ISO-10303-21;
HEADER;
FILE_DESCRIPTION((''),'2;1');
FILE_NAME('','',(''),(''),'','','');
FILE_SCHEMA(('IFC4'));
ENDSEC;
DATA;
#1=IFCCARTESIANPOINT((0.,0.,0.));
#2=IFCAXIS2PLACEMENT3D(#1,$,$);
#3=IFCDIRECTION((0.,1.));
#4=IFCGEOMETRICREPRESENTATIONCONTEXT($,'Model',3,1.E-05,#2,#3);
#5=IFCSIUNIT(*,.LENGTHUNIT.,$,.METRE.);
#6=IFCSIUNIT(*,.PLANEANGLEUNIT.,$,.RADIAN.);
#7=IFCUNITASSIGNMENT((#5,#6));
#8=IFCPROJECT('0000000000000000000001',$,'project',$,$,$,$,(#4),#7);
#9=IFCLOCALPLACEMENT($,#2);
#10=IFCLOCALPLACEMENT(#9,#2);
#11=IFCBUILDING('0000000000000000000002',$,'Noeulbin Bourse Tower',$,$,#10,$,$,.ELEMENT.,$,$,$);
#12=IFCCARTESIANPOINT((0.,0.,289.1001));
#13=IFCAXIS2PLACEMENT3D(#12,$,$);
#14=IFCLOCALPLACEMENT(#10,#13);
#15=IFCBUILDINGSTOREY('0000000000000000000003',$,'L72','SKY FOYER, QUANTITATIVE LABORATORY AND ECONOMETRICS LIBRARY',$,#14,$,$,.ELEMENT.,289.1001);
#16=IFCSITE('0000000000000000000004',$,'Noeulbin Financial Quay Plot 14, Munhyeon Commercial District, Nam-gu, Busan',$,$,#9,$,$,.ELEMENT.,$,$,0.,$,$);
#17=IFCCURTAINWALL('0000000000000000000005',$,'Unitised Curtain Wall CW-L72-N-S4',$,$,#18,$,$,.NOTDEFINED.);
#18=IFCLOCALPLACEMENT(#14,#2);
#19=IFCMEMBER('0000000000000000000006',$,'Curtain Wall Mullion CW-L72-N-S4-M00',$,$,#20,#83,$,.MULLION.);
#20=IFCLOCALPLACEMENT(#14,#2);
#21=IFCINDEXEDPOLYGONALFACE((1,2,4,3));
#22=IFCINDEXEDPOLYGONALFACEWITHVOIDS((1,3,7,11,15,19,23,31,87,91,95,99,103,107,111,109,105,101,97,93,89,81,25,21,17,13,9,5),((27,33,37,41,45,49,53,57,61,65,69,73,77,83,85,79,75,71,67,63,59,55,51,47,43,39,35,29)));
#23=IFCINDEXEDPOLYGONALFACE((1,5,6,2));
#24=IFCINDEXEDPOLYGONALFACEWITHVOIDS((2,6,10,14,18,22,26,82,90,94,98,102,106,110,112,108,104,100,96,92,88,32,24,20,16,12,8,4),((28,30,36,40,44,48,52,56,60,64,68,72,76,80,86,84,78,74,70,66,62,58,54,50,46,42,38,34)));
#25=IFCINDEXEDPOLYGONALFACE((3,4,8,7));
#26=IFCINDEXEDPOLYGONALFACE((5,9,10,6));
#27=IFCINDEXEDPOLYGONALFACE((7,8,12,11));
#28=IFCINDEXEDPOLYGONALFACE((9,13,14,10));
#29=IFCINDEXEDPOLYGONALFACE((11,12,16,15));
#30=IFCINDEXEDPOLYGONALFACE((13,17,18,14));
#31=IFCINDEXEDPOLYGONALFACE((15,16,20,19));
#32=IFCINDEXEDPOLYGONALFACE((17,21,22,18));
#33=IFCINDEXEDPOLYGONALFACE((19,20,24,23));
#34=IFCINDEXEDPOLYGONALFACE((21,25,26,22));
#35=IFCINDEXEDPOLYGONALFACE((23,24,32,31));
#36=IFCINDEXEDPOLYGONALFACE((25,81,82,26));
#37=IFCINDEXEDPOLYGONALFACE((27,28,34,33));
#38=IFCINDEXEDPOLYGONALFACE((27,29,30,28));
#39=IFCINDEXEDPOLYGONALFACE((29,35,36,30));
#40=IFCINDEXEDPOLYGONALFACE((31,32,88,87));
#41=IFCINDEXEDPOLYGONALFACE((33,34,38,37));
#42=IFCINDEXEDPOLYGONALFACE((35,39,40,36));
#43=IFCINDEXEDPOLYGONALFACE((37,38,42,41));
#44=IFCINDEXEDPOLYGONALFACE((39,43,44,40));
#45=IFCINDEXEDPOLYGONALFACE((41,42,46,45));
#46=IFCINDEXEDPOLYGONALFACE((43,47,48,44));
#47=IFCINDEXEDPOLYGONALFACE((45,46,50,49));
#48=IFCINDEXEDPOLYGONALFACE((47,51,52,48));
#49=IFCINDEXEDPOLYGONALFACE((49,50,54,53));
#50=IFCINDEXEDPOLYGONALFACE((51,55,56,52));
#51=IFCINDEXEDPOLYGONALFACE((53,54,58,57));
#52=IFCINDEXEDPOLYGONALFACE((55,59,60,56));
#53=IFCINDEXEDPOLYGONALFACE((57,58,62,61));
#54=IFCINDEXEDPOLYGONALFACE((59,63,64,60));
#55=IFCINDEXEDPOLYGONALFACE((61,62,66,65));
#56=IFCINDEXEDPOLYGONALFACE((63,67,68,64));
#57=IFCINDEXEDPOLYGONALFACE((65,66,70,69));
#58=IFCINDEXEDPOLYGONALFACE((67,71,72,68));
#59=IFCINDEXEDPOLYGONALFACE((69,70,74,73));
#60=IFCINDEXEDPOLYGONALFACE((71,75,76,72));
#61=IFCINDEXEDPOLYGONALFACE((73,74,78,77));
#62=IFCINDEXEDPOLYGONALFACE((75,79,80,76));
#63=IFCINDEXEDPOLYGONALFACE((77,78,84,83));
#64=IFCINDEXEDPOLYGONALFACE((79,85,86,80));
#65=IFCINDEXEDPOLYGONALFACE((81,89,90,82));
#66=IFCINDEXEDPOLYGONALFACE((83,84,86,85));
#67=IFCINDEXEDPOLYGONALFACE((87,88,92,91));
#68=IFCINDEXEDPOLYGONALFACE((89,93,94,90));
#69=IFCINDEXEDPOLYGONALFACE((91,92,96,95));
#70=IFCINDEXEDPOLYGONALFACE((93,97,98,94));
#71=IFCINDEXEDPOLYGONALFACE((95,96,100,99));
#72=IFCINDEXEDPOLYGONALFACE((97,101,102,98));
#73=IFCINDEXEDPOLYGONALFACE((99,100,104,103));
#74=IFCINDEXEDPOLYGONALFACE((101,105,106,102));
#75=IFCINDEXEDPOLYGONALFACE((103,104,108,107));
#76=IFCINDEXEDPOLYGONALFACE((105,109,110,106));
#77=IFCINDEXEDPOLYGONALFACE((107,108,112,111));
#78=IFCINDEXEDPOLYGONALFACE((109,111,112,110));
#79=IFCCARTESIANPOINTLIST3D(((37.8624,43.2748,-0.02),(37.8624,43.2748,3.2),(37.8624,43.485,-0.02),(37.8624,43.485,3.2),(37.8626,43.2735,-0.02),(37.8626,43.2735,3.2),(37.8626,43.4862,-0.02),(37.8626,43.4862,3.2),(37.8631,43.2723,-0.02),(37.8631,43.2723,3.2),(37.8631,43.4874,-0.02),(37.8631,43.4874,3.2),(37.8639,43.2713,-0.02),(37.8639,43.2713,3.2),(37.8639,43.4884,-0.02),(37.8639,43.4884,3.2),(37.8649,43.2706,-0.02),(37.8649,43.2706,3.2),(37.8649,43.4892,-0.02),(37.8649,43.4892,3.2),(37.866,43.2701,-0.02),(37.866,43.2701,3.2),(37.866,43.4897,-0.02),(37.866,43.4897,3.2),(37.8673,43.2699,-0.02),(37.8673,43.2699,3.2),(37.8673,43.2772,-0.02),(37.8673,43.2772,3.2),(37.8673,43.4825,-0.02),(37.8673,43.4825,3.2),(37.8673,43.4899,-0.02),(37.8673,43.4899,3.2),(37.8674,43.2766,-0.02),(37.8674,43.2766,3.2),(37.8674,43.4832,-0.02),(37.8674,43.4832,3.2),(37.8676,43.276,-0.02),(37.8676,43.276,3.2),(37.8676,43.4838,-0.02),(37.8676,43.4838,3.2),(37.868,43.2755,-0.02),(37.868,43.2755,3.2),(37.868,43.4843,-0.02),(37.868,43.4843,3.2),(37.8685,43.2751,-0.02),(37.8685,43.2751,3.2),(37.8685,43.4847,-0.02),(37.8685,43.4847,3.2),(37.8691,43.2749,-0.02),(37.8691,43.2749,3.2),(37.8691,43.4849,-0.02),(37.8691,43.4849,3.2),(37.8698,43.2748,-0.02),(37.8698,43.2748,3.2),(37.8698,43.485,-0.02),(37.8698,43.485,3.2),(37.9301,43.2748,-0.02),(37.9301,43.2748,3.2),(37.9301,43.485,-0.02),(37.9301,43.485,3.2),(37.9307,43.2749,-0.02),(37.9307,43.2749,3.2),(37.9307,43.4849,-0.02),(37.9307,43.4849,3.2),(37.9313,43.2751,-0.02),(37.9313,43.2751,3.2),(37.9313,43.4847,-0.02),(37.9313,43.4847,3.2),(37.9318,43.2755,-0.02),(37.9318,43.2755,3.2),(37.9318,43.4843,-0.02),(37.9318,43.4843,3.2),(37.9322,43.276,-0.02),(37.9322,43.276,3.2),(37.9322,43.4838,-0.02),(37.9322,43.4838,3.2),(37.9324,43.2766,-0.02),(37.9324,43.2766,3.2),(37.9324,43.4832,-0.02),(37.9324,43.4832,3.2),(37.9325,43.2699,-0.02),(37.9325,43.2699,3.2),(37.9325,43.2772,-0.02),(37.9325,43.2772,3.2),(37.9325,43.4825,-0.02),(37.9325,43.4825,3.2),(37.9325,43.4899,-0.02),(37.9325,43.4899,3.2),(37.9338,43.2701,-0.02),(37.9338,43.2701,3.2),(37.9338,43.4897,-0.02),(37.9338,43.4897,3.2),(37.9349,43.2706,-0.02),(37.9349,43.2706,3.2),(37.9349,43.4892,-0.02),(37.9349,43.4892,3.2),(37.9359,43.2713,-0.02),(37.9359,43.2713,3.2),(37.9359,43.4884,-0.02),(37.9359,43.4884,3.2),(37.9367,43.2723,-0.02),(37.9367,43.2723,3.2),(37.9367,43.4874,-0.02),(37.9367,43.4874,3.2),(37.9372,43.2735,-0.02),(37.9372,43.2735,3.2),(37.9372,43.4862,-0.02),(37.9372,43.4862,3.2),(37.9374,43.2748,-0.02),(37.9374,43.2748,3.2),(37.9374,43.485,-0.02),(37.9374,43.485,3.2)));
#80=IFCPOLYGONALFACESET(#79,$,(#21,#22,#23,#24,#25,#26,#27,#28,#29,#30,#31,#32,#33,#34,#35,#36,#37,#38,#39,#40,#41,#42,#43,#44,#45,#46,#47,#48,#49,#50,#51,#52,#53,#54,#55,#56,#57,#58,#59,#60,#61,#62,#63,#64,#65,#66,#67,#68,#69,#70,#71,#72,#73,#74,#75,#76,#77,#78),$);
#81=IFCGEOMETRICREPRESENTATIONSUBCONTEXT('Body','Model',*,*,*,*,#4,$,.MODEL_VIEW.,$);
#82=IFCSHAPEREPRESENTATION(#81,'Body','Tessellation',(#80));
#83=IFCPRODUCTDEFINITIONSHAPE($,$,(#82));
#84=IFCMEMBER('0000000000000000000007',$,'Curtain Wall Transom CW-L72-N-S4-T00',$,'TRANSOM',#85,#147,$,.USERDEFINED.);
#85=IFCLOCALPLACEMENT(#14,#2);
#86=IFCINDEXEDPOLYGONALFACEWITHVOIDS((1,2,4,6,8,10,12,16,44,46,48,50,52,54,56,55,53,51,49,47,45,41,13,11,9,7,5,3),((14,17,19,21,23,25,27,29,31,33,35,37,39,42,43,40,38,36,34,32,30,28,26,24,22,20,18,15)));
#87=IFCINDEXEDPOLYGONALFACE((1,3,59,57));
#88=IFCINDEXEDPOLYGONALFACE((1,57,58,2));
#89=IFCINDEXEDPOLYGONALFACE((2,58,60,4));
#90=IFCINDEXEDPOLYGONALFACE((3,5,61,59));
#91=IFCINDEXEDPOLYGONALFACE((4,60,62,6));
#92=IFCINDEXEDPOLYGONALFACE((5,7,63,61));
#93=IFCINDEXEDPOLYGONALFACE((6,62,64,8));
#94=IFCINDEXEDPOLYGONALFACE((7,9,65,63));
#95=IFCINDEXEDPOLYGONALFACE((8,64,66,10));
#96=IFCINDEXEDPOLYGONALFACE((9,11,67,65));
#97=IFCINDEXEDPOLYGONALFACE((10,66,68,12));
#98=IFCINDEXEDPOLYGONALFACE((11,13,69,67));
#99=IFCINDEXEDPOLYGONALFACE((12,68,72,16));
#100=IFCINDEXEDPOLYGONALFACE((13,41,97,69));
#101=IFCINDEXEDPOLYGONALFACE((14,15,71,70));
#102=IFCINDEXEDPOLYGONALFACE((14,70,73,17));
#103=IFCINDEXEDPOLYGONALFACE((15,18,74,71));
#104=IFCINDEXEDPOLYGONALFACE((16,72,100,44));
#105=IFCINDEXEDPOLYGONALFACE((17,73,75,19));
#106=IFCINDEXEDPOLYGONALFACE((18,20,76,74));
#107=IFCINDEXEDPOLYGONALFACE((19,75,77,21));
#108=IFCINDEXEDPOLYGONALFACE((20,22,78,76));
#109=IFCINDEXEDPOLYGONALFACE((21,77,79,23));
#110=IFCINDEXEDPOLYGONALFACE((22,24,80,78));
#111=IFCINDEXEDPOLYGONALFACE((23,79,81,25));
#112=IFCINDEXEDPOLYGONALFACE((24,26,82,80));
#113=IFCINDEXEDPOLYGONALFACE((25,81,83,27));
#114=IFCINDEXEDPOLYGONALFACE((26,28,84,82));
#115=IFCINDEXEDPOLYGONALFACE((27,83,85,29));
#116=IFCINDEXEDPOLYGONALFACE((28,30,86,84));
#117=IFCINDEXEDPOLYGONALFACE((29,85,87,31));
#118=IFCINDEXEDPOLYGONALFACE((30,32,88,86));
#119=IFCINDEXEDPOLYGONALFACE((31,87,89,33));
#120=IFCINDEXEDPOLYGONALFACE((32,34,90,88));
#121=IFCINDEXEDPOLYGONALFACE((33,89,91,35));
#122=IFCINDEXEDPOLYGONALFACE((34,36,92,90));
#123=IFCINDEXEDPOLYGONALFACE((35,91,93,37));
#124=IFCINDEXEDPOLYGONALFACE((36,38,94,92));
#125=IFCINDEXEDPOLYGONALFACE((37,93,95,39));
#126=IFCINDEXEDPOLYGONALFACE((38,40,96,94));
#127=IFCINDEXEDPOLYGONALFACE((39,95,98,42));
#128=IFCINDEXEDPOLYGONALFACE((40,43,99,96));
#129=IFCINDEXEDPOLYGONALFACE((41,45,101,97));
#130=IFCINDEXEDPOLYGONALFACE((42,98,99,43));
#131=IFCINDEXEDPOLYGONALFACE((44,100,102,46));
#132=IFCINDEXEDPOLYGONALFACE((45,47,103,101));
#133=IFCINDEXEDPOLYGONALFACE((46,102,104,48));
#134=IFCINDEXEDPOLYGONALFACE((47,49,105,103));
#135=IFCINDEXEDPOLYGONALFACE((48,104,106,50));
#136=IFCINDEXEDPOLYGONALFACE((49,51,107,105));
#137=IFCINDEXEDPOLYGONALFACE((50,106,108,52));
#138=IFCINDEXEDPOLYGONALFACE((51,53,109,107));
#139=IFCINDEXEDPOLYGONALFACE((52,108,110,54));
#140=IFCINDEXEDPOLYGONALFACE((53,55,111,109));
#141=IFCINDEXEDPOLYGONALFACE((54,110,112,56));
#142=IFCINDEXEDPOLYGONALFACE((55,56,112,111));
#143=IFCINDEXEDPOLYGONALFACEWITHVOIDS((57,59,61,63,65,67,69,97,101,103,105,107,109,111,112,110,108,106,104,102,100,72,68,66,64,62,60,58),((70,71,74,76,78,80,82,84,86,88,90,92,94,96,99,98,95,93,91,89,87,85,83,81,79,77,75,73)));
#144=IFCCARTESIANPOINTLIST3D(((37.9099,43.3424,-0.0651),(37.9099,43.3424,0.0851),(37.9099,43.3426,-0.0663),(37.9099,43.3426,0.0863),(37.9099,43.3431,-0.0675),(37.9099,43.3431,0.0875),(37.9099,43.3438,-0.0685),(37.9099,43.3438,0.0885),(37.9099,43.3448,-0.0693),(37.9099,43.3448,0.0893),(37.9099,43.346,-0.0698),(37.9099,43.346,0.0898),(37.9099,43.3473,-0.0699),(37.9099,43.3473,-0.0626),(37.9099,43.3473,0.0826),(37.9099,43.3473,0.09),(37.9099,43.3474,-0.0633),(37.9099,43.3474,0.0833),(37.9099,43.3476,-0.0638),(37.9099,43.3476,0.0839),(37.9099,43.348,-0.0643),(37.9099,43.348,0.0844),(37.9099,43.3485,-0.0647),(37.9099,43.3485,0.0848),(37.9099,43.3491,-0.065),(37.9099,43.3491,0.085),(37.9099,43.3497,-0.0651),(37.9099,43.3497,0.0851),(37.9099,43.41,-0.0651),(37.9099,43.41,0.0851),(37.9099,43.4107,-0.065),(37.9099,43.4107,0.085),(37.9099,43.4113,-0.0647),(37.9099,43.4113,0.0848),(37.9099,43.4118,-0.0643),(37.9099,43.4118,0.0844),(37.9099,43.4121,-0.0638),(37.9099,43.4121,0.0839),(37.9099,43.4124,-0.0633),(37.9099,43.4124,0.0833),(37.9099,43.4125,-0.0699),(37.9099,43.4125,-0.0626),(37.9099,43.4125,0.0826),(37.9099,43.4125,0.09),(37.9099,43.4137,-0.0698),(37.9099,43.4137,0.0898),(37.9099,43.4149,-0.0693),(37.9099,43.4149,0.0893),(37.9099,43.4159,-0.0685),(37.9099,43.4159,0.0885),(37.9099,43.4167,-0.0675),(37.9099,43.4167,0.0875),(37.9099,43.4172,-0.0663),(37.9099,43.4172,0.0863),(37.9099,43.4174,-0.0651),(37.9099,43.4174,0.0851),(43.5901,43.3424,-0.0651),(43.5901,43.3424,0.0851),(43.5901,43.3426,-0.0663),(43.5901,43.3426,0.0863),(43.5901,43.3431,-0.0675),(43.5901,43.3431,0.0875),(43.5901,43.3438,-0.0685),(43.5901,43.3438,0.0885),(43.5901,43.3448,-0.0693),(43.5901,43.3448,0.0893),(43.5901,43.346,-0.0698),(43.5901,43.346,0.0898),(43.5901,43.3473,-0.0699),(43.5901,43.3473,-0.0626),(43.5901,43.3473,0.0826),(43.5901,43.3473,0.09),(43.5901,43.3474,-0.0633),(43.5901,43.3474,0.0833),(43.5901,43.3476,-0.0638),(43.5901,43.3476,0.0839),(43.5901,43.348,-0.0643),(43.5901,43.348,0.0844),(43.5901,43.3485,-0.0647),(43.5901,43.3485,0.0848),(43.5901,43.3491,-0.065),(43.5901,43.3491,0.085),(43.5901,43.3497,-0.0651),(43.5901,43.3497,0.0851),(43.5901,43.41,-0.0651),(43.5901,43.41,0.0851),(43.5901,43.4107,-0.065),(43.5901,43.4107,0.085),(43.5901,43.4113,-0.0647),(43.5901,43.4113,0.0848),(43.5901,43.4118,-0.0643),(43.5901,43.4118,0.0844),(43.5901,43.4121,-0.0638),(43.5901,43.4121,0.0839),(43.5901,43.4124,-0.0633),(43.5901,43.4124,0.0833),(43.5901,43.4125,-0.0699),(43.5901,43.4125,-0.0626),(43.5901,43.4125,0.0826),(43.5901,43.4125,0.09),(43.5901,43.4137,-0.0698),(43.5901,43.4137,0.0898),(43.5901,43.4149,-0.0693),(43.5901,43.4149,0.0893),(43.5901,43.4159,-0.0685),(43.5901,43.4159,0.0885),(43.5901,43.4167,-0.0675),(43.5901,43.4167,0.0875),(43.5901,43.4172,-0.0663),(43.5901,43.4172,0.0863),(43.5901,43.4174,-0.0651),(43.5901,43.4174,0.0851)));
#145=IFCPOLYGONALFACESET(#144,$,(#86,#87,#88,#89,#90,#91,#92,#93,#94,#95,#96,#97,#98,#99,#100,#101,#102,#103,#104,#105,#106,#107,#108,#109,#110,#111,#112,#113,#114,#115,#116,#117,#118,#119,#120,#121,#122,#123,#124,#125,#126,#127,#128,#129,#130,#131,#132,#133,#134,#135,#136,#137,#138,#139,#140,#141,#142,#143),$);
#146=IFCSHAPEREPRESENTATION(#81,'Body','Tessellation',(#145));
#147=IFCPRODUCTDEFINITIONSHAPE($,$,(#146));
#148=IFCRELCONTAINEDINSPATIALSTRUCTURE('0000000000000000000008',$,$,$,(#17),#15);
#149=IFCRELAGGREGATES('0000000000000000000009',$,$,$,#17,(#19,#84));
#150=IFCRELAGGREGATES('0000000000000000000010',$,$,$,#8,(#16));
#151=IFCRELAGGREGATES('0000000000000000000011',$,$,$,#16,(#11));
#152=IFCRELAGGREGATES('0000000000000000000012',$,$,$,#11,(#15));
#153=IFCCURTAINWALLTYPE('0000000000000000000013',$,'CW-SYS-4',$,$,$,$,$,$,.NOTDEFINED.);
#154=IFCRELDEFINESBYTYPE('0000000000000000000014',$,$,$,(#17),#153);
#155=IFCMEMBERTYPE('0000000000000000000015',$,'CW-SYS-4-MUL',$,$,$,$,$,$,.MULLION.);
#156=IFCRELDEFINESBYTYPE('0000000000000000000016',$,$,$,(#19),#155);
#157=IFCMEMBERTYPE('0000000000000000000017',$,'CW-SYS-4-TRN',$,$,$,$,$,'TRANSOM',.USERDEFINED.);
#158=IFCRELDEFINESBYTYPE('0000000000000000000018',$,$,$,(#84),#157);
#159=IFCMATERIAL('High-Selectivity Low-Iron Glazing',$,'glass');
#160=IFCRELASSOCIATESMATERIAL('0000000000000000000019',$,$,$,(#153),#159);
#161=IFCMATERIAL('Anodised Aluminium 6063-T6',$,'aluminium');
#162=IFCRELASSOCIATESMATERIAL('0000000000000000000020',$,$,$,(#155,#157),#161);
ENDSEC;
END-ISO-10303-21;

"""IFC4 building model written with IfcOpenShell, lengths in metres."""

from ifc_helpers import new_model, si_unit, direction, frame, origin, origin_2d, place, context, subcontext, project, spatial, hollow_rectangle, extrude, material, material_profile, profile_set, type_object, element, aggregate, save


model = new_model("IFC4")

# Units and contexts
model_context = context("Model", 3, precision=1e-05, world=origin(), true_north=direction((0.0, 1.0)))
body_context = subcontext(model_context, "Body", "Model", "MODEL_VIEW")
ifc_project = project(units=[si_unit("LENGTHUNIT", "METRE"), si_unit("PLANEANGLEUNIT", "RADIAN")], contexts=[model_context])

# Site, building, storey
site_placement = place(None, origin())
site = spatial("IfcSite", under=ifc_project, at=site_placement, Name="Noeulbin Financial Quay Plot 14, Munhyeon Commercial District, Nam-gu, Busan", CompositionType="ELEMENT", RefElevation=0.0)
building_placement = place(site_placement, origin())
building = spatial("IfcBuilding", under=site, at=building_placement, Name="Noeulbin Bourse Tower", CompositionType="ELEMENT")
storey_placement = place(building_placement, frame((0.0, 0.0, 289.1001)))
storey = spatial("IfcBuildingStorey", under=building, at=storey_placement, Name="L72", Description="SKY FOYER, QUANTITATIVE LABORATORY AND ECONOMETRICS LIBRARY", CompositionType="ELEMENT", Elevation=289.1001)

# Shared definitions
ifc_material_1 = material(Name="High-Selectivity Low-Iron Glazing", Category="glass")
curtain_wall_type = type_object("IfcCurtainWallType", Name="CW-SYS-4", PredefinedType="NOTDEFINED", material=ifc_material_1)
ifc_material_2 = material(Name="Anodised Aluminium 6063-T6", Category="aluminium")
ifc_material_profile_1 = material_profile(ifc_material_2, hollow_rectangle(XDim=0.075, YDim=0.22, WallThickness=0.0049, InnerFilletRadius=0.0024, OuterFilletRadius=0.0049, at=origin_2d()), Name="ALU-MULL-75x220x5", Category="LoadBearing")
ifc_profile_set_1 = profile_set([ifc_material_profile_1], Name="Anodised Aluminium 6063-T6")
member_type_1 = type_object("IfcMemberType", Name="CW-SYS-4-MUL", PredefinedType="MULLION", material=ifc_profile_set_1)

# Curtain wall, members
curtain_wall_1_placement = place(storey_placement, origin())
curtain_wall_1 = element("IfcCurtainWall", 1, at=curtain_wall_1_placement, inside=storey, type_object=curtain_wall_type, Name="Unitised Curtain Wall CW-L72-N-S4", PredefinedType="NOTDEFINED")
member_1_placement = place(storey_placement, frame((37.8999, 43.3799, -0.02), z_axis=(0.0, 0.0, 1.0), x_axis=(1.0, 0.0, 0.0)))
member_1 = element("IfcMember", 2, at=member_1_placement, type_object=member_type_1, Name="Curtain Wall Mullion CW-L72-N-S4-M00", PredefinedType="MULLION", context=body_context, shape_type="SweptSolid", body=[
    extrude(hollow_rectangle(XDim=0.075, YDim=0.22, WallThickness=0.0049, InnerFilletRadius=0.0024, OuterFilletRadius=0.0049, at=origin_2d()), origin(), (0.0, 0.0, 1.0), 3.22),
])
ifc_material_profile_2 = material_profile(ifc_material_2, hollow_rectangle(XDim=0.075, YDim=0.1599, WallThickness=0.0049, InnerFilletRadius=0.0024, OuterFilletRadius=0.0049, at=origin_2d()), Name="ALU-TRAN-75x160x5", Category="LoadBearing")
ifc_profile_set_2 = profile_set([ifc_material_profile_2], Name="Anodised Aluminium 6063-T6")
member_type_2 = type_object("IfcMemberType", Name="CW-SYS-4-TRN", ElementType="TRANSOM", PredefinedType="USERDEFINED", material=ifc_profile_set_2)
member_2_placement = place(storey_placement, frame((37.9099, 43.3799, 0.01), z_axis=(1.0, 0.0, 0.0), x_axis=(0.0, 1.0, 0.0)))
member_2 = element("IfcMember", 3, at=member_2_placement, type_object=member_type_2, Name="Curtain Wall Transom CW-L72-N-S4-T00", ObjectType="TRANSOM", PredefinedType="USERDEFINED", context=body_context, shape_type="SweptSolid", body=[
    extrude(hollow_rectangle(XDim=0.075, YDim=0.1599, WallThickness=0.0049, InnerFilletRadius=0.0024, OuterFilletRadius=0.0049, at=origin_2d()), origin(), (0.0, 0.0, 1.0), 5.6802),
])

aggregate(curtain_wall_1, [member_1, member_2])

save(model, "model.ifc")
